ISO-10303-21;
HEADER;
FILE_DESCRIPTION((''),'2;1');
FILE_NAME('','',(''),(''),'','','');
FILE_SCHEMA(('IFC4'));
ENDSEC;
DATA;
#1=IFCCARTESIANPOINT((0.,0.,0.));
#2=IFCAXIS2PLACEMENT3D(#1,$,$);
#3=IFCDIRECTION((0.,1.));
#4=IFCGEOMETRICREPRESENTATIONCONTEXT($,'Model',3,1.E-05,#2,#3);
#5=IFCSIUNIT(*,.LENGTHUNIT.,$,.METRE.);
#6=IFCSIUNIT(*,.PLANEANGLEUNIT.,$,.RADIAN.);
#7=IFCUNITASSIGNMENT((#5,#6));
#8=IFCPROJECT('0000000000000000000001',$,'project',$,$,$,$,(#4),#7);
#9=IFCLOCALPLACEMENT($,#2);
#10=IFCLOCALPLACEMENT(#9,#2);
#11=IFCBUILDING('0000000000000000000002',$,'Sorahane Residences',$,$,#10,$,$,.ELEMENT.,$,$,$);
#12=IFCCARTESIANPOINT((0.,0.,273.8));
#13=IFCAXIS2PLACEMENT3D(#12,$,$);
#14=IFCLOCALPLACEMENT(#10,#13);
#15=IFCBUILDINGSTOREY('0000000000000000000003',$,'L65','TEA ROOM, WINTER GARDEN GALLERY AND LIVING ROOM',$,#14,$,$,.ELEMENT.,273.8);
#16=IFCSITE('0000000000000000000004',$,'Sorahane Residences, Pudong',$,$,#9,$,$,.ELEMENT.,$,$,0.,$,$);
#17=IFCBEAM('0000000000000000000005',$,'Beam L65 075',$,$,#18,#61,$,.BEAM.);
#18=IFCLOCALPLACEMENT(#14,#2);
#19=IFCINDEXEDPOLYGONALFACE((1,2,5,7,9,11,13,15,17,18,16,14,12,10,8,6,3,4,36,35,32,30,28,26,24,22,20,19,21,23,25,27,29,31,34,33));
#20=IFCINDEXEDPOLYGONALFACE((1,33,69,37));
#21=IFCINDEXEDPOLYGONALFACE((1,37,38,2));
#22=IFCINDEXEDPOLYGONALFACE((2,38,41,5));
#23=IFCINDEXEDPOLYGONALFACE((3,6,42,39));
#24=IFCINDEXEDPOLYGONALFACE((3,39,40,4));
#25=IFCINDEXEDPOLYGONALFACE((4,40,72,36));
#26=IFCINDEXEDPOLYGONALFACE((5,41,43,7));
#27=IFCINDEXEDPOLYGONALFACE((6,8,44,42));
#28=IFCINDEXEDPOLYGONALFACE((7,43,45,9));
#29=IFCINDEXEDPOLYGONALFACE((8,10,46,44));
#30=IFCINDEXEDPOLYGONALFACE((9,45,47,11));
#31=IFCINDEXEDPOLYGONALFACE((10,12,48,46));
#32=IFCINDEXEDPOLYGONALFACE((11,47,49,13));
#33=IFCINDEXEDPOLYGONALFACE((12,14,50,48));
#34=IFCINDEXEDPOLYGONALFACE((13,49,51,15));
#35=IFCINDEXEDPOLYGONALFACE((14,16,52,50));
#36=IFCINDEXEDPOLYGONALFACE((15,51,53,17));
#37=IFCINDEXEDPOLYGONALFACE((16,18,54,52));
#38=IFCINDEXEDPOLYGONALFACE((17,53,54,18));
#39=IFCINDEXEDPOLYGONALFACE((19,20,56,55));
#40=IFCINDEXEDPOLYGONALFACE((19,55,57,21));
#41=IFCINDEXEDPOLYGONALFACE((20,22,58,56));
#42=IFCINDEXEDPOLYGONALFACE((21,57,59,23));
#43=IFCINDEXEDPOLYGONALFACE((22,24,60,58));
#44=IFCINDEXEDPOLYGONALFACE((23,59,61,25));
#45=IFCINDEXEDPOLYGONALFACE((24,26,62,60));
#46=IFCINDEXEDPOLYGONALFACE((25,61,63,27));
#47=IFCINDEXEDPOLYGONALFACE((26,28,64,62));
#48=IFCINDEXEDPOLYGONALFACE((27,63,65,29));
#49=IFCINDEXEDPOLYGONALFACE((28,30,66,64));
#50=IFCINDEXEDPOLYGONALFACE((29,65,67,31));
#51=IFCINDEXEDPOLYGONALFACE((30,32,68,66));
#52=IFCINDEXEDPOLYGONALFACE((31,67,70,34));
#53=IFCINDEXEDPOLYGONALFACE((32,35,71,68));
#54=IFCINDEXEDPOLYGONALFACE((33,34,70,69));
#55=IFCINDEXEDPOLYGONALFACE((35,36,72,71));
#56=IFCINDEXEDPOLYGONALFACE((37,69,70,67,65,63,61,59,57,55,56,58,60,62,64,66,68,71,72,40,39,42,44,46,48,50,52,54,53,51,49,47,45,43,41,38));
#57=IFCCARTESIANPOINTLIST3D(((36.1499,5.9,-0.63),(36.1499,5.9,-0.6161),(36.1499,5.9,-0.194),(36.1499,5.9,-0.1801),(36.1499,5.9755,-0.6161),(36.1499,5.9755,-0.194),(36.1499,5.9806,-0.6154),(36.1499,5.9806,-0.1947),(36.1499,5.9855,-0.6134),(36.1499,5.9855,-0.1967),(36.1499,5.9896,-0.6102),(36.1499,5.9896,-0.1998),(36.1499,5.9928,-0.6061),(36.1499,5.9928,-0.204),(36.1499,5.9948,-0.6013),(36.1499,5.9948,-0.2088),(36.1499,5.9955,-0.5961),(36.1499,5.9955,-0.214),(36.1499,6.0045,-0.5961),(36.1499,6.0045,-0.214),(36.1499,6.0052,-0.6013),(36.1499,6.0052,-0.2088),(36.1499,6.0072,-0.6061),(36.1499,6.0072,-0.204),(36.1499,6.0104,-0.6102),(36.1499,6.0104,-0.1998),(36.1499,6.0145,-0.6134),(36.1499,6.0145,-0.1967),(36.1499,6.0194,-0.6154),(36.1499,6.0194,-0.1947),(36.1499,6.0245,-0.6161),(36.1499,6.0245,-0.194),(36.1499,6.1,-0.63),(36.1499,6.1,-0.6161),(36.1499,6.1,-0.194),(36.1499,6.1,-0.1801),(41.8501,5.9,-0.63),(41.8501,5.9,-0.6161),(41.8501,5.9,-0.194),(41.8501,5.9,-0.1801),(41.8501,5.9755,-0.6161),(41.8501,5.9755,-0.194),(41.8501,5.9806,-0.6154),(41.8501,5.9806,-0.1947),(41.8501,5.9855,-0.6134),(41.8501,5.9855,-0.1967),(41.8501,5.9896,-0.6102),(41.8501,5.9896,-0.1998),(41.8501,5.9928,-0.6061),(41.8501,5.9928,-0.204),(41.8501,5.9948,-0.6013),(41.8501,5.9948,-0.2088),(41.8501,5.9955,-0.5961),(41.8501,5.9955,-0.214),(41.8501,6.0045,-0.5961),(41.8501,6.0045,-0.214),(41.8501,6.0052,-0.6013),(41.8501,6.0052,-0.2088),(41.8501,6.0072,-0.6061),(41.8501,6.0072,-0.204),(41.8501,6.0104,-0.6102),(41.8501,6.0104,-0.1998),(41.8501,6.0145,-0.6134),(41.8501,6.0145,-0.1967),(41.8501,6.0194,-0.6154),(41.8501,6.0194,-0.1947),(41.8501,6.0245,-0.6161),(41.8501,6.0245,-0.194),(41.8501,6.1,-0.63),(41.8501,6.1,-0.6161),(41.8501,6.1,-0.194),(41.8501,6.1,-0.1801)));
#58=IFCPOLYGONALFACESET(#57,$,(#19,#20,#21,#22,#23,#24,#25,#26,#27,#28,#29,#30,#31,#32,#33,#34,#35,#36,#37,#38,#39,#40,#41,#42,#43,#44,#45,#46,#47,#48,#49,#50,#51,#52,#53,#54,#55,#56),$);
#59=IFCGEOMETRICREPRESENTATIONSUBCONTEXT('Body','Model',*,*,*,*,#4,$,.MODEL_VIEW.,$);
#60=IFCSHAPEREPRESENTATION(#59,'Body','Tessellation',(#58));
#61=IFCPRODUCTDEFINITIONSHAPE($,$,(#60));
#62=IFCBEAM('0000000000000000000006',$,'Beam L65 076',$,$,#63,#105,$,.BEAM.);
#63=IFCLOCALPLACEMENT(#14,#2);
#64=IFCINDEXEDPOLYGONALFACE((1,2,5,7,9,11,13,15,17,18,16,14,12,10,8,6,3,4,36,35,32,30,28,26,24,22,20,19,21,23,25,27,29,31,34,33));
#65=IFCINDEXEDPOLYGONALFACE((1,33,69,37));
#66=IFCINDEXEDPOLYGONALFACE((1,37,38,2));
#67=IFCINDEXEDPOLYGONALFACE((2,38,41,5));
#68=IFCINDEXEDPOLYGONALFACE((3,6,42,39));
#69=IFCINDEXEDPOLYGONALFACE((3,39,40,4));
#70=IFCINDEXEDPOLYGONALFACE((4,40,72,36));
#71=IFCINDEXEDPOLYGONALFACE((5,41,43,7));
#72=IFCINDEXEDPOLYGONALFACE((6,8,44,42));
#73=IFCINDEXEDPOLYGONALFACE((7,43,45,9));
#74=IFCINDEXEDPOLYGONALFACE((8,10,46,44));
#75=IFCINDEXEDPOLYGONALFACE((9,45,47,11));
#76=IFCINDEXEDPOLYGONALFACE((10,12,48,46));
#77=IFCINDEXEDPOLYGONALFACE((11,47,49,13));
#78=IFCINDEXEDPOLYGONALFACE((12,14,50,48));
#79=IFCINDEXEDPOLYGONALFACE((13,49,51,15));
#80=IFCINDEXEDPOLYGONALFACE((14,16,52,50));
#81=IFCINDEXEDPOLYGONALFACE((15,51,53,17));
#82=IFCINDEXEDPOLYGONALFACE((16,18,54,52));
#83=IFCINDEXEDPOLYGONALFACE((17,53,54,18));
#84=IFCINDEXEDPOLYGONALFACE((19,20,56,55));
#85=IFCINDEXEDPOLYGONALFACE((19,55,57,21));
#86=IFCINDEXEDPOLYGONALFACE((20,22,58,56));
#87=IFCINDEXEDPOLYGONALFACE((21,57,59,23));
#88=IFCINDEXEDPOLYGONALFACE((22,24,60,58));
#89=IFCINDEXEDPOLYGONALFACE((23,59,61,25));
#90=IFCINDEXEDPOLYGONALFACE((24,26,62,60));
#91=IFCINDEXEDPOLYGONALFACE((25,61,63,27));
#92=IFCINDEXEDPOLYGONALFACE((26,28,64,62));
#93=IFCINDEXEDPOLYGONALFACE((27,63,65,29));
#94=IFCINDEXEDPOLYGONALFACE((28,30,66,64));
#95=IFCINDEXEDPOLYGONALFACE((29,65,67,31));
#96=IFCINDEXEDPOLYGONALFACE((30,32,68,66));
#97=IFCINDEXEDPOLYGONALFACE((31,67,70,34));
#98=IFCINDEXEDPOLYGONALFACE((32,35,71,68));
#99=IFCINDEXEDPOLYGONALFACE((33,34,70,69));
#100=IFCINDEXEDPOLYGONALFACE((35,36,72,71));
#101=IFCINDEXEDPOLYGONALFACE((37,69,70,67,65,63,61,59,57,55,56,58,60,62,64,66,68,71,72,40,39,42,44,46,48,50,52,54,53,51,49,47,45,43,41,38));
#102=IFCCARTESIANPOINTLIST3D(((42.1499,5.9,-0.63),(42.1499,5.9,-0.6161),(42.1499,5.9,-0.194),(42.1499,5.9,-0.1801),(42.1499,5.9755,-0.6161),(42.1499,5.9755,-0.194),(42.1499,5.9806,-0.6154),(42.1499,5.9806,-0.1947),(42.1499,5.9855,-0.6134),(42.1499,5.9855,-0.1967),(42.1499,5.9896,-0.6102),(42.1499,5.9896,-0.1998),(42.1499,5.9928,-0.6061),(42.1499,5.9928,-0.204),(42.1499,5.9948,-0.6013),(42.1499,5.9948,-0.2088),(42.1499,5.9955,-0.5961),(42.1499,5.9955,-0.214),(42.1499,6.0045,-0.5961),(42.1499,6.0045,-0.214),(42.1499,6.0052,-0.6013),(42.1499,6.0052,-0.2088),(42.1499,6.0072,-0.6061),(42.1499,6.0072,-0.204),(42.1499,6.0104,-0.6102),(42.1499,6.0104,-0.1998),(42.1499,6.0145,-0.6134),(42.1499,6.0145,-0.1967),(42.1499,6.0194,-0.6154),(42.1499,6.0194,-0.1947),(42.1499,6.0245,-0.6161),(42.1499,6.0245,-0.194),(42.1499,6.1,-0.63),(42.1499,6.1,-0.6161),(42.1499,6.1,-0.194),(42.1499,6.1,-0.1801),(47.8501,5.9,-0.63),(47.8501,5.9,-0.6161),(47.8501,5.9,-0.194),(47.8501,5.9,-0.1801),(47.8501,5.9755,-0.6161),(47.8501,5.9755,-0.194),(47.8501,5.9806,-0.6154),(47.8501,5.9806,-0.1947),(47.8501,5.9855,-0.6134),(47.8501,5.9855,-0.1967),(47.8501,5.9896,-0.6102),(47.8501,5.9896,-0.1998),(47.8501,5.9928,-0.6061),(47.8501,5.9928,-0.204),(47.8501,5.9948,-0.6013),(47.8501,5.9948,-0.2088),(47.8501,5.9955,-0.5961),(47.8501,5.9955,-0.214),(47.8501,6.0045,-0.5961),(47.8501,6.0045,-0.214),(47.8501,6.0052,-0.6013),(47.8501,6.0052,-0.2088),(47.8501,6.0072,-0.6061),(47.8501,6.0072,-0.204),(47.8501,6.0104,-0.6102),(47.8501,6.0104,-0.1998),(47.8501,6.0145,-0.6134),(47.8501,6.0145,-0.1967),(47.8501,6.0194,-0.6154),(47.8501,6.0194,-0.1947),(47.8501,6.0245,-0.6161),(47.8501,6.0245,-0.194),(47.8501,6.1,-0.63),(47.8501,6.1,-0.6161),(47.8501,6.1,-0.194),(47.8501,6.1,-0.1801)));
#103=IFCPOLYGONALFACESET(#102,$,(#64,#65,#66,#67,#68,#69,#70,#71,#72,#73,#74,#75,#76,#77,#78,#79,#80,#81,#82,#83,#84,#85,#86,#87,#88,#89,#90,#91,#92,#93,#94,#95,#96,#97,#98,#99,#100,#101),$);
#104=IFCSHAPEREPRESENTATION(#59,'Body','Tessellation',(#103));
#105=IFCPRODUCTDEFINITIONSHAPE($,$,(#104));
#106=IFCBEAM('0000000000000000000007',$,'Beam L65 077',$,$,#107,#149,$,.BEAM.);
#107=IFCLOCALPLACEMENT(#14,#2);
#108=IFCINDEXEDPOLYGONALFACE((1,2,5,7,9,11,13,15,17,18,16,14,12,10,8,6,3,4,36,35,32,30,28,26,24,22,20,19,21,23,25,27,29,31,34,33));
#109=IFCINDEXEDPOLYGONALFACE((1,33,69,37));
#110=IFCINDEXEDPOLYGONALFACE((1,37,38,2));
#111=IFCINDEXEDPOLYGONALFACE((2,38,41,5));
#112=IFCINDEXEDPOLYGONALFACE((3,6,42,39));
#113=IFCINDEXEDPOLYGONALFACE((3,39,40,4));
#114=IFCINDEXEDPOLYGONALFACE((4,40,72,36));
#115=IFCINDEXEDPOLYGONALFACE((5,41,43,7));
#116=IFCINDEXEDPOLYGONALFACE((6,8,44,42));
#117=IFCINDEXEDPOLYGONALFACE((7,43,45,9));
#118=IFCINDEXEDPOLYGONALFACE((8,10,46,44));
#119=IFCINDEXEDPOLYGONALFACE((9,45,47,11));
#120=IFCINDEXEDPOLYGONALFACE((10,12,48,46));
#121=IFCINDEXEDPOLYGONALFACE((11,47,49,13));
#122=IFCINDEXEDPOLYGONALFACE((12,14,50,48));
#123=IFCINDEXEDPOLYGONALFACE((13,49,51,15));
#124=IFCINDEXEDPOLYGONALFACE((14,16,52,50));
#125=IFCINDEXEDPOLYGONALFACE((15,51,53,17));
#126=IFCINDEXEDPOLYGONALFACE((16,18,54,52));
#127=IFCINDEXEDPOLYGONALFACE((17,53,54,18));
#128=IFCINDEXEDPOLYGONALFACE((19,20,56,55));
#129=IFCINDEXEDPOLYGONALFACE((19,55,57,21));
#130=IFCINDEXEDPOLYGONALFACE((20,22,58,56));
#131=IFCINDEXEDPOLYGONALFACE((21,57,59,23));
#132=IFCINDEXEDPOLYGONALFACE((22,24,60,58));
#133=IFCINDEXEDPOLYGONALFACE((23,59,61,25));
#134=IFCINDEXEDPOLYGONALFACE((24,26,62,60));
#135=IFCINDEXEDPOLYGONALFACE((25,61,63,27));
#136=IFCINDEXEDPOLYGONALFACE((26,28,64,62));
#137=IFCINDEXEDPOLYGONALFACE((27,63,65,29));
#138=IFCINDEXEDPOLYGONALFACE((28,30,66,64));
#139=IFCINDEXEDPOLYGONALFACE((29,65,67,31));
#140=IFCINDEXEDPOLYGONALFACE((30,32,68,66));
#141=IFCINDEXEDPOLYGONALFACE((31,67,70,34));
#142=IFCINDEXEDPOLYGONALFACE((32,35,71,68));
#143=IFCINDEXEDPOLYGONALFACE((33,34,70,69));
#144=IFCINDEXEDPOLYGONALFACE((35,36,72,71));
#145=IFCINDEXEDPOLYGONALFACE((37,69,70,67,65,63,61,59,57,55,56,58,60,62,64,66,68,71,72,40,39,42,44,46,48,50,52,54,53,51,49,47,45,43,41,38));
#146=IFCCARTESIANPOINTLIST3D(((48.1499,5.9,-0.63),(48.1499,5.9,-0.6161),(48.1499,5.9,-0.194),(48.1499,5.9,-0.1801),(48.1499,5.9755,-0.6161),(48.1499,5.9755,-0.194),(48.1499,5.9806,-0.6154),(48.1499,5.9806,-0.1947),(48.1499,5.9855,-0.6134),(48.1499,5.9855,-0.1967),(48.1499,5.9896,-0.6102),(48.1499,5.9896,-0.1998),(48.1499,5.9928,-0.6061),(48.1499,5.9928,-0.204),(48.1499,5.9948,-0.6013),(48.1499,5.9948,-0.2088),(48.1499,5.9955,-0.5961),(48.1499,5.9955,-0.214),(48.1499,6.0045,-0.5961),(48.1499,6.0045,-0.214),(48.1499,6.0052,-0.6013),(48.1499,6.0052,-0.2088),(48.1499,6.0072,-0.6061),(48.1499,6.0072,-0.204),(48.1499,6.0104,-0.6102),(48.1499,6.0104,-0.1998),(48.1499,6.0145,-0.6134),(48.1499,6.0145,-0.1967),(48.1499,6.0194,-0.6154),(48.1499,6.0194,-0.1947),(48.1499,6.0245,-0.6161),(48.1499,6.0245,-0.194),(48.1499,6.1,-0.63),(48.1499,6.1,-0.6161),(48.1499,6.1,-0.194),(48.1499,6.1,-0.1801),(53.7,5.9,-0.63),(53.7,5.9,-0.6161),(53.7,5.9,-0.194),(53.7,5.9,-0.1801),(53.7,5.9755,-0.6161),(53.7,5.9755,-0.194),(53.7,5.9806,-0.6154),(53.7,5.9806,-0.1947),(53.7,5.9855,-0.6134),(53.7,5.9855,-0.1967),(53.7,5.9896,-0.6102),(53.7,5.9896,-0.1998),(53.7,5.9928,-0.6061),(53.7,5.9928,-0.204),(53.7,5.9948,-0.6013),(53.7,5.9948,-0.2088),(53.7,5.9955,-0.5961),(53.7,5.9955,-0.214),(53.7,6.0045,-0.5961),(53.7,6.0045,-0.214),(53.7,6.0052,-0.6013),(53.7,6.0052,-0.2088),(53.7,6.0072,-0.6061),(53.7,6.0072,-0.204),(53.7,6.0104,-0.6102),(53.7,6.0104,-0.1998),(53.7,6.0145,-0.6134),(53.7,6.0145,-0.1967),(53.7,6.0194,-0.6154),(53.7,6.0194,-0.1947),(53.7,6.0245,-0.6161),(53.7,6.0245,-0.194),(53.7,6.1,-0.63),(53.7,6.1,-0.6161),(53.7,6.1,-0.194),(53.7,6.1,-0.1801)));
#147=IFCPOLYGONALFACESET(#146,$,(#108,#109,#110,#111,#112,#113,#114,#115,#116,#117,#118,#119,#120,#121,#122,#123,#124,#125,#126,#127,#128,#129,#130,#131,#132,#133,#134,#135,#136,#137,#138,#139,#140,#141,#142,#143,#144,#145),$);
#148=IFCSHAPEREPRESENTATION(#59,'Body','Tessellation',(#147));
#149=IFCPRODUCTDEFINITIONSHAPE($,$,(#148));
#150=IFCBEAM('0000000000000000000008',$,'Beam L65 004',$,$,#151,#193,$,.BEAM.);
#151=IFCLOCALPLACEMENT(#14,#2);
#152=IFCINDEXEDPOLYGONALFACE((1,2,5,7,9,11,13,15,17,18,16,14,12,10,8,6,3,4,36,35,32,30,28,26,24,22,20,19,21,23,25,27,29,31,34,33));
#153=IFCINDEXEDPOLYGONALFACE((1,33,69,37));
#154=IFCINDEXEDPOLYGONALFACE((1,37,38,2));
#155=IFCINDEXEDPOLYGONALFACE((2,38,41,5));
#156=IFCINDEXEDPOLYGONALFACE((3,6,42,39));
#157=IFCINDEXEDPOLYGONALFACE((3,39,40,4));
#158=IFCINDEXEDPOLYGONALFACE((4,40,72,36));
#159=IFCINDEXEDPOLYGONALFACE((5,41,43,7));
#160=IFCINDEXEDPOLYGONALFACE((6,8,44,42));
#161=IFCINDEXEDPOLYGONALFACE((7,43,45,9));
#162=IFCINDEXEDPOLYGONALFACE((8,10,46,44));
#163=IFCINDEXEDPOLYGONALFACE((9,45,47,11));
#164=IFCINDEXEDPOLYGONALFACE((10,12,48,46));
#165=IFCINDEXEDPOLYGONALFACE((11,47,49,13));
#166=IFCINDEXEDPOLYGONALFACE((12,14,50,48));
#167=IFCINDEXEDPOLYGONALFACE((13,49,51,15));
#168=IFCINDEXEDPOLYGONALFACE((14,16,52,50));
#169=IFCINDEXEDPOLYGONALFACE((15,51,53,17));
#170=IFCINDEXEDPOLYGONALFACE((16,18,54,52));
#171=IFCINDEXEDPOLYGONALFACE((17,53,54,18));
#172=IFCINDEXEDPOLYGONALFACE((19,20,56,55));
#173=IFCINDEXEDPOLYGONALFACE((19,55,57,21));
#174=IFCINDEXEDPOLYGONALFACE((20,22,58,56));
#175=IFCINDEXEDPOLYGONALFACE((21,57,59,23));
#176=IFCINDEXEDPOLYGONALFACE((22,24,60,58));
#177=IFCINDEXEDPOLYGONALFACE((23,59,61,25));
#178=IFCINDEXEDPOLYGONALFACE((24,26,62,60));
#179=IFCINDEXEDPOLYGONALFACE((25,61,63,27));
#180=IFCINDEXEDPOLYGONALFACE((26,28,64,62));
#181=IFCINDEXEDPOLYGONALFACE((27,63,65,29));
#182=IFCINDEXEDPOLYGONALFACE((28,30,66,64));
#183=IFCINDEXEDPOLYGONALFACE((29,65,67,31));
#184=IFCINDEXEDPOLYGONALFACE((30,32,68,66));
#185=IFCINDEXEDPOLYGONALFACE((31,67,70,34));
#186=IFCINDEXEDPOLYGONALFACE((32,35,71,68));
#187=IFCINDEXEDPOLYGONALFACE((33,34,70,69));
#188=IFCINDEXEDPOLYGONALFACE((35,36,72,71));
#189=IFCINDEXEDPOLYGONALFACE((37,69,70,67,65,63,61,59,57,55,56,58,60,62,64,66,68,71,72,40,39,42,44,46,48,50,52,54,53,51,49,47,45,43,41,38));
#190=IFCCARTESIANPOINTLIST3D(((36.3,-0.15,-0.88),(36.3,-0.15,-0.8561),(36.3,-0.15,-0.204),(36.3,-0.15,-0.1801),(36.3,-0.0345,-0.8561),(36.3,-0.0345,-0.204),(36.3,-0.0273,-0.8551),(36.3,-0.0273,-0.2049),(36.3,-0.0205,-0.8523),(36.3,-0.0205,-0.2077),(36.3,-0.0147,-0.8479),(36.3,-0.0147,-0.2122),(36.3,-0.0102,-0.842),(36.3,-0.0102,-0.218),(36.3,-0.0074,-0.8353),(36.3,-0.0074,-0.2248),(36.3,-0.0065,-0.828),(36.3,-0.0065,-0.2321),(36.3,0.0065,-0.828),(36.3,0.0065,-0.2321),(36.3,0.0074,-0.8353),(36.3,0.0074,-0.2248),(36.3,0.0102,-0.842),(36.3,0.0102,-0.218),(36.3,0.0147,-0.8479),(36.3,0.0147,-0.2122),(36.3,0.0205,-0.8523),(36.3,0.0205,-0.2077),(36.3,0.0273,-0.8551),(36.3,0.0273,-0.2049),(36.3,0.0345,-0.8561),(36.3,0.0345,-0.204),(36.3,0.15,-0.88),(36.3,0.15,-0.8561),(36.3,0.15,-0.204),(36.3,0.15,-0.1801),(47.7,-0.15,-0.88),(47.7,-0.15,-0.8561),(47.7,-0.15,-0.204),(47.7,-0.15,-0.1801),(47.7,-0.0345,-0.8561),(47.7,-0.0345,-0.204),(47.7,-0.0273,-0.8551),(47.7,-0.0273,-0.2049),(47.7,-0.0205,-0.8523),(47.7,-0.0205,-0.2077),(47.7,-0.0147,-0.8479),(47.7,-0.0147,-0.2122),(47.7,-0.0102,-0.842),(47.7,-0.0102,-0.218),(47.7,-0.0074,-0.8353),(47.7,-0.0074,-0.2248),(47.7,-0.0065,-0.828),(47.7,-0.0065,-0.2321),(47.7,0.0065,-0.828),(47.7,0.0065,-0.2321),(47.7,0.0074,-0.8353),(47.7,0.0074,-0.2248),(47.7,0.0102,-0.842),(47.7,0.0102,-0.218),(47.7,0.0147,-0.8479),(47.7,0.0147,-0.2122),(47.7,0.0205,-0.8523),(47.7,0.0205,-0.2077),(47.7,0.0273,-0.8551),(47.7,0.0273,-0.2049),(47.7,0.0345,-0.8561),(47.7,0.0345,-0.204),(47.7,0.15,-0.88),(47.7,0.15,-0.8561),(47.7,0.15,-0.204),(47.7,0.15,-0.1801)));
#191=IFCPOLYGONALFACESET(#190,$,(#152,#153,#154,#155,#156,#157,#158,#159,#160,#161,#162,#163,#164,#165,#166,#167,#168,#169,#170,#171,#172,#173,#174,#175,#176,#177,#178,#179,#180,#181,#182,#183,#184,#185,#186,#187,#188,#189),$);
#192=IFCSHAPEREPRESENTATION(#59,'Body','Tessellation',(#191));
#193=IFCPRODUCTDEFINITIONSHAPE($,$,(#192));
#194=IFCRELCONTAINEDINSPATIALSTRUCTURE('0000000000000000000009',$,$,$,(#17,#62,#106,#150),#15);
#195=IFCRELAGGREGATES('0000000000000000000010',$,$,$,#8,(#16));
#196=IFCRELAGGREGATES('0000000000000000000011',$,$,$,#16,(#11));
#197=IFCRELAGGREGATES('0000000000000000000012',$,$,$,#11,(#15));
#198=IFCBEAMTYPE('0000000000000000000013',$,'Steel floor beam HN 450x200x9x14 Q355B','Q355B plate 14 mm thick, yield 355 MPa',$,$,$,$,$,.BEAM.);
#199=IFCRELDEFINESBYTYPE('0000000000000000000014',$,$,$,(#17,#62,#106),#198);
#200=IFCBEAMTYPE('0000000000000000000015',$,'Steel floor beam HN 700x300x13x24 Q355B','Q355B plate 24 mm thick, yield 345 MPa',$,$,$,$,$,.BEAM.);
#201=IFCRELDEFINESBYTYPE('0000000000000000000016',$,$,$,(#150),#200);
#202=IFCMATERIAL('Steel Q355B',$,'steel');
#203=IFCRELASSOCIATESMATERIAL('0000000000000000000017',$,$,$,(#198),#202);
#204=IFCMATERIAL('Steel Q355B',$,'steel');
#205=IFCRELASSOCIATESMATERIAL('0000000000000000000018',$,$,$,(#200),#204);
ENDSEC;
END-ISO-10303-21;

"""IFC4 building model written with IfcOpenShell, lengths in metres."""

from ifc_helpers import new_model, si_unit, direction, frame, origin, origin_2d, place, context, subcontext, project, spatial, i_section, extrude, material, material_profile, profile_set, type_object, element, save


model = new_model("IFC4")

# Units and contexts
model_context = context("Model", 3, precision=1e-05, world=origin(), true_north=direction((0.0, 1.0)))
body_context = subcontext(model_context, "Body", "Model", "MODEL_VIEW")
ifc_project = project(units=[si_unit("LENGTHUNIT", "METRE"), si_unit("PLANEANGLEUNIT", "RADIAN")], contexts=[model_context])

# Site, building, storey
site_placement = place(None, origin())
site = spatial("IfcSite", under=ifc_project, at=site_placement, Name="Sorahane Residences, Pudong", CompositionType="ELEMENT", RefElevation=0.0)
building_placement = place(site_placement, origin())
building = spatial("IfcBuilding", under=site, at=building_placement, Name="Sorahane Residences", CompositionType="ELEMENT")
storey_placement = place(building_placement, frame((0.0, 0.0, 273.8)))
storey = spatial("IfcBuildingStorey", under=building, at=storey_placement, Name="L65", Description="TEA ROOM, WINTER GARDEN GALLERY AND LIVING ROOM", CompositionType="ELEMENT", Elevation=273.8)

# Beams
ifc_material_1 = material(Name="Steel Q355B", Category="steel")
ifc_material_profile_1 = material_profile(ifc_material_1, i_section(OverallWidth=0.2, OverallDepth=0.45, WebThickness=0.009, FlangeThickness=0.0139, FilletRadius=0.02, at=origin_2d()), Name="HN 450x200x9x14")
ifc_profile_set_1 = profile_set([ifc_material_profile_1], Name="Steel Q355B")
beam_type_1 = type_object("IfcBeamType", Name="Steel floor beam HN 450x200x9x14 Q355B", Description="Q355B plate 14 mm thick, yield 355 MPa", PredefinedType="BEAM", material=ifc_profile_set_1)
for number, where, z_axis, x_axis, name in (
    (1, (36.1499, 6.0, -0.405), (1.0, 0.0, 0.0), (0.0, 1.0, 0.0), "Beam L65 075"),
    (2, (42.1499, 6.0, -0.405), (1.0, 0.0, 0.0), (0.0, 1.0, 0.0), "Beam L65 076"),
):
    element("IfcBeam", number, at=place(storey_placement, frame(where, z_axis=z_axis, x_axis=x_axis)), inside=storey, type_object=beam_type_1, Name=name, PredefinedType="BEAM", context=body_context, shape_type="SweptSolid", body=[
        extrude(i_section(OverallWidth=0.2, OverallDepth=0.45, WebThickness=0.009, FlangeThickness=0.0139, FilletRadius=0.02, at=origin_2d()), origin(), (0.0, 0.0, 1.0), 5.7002),
    ])
beam_1_placement = place(storey_placement, frame((48.1499, 6.0, -0.405), z_axis=(1.0, 0.0, 0.0), x_axis=(0.0, 1.0, 0.0)))
element("IfcBeam", 3, at=beam_1_placement, inside=storey, type_object=beam_type_1, Name="Beam L65 077", PredefinedType="BEAM", context=body_context, shape_type="SweptSolid", body=[
    extrude(i_section(OverallWidth=0.2, OverallDepth=0.45, WebThickness=0.009, FlangeThickness=0.0139, FilletRadius=0.02, at=origin_2d()), origin(), (0.0, 0.0, 1.0), 5.55),
])
ifc_material_2 = material(Name="Steel Q355B", Category="steel")
ifc_material_profile_2 = material_profile(ifc_material_2, i_section(OverallWidth=0.3, OverallDepth=0.7, WebThickness=0.0129, FlangeThickness=0.0239, FilletRadius=0.0281, at=origin_2d()), Name="HN 700x300x13x24")
ifc_profile_set_2 = profile_set([ifc_material_profile_2], Name="Steel Q355B")
beam_type_2 = type_object("IfcBeamType", Name="Steel floor beam HN 700x300x13x24 Q355B", Description="Q355B plate 24 mm thick, yield 345 MPa", PredefinedType="BEAM", material=ifc_profile_set_2)
beam_2_placement = place(storey_placement, frame((36.3, 0.0, -0.53), z_axis=(1.0, 0.0, 0.0), x_axis=(0.0, 1.0, 0.0)))
element("IfcBeam", 4, at=beam_2_placement, inside=storey, type_object=beam_type_2, Name="Beam L65 004", PredefinedType="BEAM", context=body_context, shape_type="SweptSolid", body=[
    extrude(i_section(OverallWidth=0.3, OverallDepth=0.7, WebThickness=0.0129, FlangeThickness=0.0239, FilletRadius=0.0281, at=origin_2d()), origin(), (0.0, 0.0, 1.0), 11.3999),
])

save(model, "model.ifc")
